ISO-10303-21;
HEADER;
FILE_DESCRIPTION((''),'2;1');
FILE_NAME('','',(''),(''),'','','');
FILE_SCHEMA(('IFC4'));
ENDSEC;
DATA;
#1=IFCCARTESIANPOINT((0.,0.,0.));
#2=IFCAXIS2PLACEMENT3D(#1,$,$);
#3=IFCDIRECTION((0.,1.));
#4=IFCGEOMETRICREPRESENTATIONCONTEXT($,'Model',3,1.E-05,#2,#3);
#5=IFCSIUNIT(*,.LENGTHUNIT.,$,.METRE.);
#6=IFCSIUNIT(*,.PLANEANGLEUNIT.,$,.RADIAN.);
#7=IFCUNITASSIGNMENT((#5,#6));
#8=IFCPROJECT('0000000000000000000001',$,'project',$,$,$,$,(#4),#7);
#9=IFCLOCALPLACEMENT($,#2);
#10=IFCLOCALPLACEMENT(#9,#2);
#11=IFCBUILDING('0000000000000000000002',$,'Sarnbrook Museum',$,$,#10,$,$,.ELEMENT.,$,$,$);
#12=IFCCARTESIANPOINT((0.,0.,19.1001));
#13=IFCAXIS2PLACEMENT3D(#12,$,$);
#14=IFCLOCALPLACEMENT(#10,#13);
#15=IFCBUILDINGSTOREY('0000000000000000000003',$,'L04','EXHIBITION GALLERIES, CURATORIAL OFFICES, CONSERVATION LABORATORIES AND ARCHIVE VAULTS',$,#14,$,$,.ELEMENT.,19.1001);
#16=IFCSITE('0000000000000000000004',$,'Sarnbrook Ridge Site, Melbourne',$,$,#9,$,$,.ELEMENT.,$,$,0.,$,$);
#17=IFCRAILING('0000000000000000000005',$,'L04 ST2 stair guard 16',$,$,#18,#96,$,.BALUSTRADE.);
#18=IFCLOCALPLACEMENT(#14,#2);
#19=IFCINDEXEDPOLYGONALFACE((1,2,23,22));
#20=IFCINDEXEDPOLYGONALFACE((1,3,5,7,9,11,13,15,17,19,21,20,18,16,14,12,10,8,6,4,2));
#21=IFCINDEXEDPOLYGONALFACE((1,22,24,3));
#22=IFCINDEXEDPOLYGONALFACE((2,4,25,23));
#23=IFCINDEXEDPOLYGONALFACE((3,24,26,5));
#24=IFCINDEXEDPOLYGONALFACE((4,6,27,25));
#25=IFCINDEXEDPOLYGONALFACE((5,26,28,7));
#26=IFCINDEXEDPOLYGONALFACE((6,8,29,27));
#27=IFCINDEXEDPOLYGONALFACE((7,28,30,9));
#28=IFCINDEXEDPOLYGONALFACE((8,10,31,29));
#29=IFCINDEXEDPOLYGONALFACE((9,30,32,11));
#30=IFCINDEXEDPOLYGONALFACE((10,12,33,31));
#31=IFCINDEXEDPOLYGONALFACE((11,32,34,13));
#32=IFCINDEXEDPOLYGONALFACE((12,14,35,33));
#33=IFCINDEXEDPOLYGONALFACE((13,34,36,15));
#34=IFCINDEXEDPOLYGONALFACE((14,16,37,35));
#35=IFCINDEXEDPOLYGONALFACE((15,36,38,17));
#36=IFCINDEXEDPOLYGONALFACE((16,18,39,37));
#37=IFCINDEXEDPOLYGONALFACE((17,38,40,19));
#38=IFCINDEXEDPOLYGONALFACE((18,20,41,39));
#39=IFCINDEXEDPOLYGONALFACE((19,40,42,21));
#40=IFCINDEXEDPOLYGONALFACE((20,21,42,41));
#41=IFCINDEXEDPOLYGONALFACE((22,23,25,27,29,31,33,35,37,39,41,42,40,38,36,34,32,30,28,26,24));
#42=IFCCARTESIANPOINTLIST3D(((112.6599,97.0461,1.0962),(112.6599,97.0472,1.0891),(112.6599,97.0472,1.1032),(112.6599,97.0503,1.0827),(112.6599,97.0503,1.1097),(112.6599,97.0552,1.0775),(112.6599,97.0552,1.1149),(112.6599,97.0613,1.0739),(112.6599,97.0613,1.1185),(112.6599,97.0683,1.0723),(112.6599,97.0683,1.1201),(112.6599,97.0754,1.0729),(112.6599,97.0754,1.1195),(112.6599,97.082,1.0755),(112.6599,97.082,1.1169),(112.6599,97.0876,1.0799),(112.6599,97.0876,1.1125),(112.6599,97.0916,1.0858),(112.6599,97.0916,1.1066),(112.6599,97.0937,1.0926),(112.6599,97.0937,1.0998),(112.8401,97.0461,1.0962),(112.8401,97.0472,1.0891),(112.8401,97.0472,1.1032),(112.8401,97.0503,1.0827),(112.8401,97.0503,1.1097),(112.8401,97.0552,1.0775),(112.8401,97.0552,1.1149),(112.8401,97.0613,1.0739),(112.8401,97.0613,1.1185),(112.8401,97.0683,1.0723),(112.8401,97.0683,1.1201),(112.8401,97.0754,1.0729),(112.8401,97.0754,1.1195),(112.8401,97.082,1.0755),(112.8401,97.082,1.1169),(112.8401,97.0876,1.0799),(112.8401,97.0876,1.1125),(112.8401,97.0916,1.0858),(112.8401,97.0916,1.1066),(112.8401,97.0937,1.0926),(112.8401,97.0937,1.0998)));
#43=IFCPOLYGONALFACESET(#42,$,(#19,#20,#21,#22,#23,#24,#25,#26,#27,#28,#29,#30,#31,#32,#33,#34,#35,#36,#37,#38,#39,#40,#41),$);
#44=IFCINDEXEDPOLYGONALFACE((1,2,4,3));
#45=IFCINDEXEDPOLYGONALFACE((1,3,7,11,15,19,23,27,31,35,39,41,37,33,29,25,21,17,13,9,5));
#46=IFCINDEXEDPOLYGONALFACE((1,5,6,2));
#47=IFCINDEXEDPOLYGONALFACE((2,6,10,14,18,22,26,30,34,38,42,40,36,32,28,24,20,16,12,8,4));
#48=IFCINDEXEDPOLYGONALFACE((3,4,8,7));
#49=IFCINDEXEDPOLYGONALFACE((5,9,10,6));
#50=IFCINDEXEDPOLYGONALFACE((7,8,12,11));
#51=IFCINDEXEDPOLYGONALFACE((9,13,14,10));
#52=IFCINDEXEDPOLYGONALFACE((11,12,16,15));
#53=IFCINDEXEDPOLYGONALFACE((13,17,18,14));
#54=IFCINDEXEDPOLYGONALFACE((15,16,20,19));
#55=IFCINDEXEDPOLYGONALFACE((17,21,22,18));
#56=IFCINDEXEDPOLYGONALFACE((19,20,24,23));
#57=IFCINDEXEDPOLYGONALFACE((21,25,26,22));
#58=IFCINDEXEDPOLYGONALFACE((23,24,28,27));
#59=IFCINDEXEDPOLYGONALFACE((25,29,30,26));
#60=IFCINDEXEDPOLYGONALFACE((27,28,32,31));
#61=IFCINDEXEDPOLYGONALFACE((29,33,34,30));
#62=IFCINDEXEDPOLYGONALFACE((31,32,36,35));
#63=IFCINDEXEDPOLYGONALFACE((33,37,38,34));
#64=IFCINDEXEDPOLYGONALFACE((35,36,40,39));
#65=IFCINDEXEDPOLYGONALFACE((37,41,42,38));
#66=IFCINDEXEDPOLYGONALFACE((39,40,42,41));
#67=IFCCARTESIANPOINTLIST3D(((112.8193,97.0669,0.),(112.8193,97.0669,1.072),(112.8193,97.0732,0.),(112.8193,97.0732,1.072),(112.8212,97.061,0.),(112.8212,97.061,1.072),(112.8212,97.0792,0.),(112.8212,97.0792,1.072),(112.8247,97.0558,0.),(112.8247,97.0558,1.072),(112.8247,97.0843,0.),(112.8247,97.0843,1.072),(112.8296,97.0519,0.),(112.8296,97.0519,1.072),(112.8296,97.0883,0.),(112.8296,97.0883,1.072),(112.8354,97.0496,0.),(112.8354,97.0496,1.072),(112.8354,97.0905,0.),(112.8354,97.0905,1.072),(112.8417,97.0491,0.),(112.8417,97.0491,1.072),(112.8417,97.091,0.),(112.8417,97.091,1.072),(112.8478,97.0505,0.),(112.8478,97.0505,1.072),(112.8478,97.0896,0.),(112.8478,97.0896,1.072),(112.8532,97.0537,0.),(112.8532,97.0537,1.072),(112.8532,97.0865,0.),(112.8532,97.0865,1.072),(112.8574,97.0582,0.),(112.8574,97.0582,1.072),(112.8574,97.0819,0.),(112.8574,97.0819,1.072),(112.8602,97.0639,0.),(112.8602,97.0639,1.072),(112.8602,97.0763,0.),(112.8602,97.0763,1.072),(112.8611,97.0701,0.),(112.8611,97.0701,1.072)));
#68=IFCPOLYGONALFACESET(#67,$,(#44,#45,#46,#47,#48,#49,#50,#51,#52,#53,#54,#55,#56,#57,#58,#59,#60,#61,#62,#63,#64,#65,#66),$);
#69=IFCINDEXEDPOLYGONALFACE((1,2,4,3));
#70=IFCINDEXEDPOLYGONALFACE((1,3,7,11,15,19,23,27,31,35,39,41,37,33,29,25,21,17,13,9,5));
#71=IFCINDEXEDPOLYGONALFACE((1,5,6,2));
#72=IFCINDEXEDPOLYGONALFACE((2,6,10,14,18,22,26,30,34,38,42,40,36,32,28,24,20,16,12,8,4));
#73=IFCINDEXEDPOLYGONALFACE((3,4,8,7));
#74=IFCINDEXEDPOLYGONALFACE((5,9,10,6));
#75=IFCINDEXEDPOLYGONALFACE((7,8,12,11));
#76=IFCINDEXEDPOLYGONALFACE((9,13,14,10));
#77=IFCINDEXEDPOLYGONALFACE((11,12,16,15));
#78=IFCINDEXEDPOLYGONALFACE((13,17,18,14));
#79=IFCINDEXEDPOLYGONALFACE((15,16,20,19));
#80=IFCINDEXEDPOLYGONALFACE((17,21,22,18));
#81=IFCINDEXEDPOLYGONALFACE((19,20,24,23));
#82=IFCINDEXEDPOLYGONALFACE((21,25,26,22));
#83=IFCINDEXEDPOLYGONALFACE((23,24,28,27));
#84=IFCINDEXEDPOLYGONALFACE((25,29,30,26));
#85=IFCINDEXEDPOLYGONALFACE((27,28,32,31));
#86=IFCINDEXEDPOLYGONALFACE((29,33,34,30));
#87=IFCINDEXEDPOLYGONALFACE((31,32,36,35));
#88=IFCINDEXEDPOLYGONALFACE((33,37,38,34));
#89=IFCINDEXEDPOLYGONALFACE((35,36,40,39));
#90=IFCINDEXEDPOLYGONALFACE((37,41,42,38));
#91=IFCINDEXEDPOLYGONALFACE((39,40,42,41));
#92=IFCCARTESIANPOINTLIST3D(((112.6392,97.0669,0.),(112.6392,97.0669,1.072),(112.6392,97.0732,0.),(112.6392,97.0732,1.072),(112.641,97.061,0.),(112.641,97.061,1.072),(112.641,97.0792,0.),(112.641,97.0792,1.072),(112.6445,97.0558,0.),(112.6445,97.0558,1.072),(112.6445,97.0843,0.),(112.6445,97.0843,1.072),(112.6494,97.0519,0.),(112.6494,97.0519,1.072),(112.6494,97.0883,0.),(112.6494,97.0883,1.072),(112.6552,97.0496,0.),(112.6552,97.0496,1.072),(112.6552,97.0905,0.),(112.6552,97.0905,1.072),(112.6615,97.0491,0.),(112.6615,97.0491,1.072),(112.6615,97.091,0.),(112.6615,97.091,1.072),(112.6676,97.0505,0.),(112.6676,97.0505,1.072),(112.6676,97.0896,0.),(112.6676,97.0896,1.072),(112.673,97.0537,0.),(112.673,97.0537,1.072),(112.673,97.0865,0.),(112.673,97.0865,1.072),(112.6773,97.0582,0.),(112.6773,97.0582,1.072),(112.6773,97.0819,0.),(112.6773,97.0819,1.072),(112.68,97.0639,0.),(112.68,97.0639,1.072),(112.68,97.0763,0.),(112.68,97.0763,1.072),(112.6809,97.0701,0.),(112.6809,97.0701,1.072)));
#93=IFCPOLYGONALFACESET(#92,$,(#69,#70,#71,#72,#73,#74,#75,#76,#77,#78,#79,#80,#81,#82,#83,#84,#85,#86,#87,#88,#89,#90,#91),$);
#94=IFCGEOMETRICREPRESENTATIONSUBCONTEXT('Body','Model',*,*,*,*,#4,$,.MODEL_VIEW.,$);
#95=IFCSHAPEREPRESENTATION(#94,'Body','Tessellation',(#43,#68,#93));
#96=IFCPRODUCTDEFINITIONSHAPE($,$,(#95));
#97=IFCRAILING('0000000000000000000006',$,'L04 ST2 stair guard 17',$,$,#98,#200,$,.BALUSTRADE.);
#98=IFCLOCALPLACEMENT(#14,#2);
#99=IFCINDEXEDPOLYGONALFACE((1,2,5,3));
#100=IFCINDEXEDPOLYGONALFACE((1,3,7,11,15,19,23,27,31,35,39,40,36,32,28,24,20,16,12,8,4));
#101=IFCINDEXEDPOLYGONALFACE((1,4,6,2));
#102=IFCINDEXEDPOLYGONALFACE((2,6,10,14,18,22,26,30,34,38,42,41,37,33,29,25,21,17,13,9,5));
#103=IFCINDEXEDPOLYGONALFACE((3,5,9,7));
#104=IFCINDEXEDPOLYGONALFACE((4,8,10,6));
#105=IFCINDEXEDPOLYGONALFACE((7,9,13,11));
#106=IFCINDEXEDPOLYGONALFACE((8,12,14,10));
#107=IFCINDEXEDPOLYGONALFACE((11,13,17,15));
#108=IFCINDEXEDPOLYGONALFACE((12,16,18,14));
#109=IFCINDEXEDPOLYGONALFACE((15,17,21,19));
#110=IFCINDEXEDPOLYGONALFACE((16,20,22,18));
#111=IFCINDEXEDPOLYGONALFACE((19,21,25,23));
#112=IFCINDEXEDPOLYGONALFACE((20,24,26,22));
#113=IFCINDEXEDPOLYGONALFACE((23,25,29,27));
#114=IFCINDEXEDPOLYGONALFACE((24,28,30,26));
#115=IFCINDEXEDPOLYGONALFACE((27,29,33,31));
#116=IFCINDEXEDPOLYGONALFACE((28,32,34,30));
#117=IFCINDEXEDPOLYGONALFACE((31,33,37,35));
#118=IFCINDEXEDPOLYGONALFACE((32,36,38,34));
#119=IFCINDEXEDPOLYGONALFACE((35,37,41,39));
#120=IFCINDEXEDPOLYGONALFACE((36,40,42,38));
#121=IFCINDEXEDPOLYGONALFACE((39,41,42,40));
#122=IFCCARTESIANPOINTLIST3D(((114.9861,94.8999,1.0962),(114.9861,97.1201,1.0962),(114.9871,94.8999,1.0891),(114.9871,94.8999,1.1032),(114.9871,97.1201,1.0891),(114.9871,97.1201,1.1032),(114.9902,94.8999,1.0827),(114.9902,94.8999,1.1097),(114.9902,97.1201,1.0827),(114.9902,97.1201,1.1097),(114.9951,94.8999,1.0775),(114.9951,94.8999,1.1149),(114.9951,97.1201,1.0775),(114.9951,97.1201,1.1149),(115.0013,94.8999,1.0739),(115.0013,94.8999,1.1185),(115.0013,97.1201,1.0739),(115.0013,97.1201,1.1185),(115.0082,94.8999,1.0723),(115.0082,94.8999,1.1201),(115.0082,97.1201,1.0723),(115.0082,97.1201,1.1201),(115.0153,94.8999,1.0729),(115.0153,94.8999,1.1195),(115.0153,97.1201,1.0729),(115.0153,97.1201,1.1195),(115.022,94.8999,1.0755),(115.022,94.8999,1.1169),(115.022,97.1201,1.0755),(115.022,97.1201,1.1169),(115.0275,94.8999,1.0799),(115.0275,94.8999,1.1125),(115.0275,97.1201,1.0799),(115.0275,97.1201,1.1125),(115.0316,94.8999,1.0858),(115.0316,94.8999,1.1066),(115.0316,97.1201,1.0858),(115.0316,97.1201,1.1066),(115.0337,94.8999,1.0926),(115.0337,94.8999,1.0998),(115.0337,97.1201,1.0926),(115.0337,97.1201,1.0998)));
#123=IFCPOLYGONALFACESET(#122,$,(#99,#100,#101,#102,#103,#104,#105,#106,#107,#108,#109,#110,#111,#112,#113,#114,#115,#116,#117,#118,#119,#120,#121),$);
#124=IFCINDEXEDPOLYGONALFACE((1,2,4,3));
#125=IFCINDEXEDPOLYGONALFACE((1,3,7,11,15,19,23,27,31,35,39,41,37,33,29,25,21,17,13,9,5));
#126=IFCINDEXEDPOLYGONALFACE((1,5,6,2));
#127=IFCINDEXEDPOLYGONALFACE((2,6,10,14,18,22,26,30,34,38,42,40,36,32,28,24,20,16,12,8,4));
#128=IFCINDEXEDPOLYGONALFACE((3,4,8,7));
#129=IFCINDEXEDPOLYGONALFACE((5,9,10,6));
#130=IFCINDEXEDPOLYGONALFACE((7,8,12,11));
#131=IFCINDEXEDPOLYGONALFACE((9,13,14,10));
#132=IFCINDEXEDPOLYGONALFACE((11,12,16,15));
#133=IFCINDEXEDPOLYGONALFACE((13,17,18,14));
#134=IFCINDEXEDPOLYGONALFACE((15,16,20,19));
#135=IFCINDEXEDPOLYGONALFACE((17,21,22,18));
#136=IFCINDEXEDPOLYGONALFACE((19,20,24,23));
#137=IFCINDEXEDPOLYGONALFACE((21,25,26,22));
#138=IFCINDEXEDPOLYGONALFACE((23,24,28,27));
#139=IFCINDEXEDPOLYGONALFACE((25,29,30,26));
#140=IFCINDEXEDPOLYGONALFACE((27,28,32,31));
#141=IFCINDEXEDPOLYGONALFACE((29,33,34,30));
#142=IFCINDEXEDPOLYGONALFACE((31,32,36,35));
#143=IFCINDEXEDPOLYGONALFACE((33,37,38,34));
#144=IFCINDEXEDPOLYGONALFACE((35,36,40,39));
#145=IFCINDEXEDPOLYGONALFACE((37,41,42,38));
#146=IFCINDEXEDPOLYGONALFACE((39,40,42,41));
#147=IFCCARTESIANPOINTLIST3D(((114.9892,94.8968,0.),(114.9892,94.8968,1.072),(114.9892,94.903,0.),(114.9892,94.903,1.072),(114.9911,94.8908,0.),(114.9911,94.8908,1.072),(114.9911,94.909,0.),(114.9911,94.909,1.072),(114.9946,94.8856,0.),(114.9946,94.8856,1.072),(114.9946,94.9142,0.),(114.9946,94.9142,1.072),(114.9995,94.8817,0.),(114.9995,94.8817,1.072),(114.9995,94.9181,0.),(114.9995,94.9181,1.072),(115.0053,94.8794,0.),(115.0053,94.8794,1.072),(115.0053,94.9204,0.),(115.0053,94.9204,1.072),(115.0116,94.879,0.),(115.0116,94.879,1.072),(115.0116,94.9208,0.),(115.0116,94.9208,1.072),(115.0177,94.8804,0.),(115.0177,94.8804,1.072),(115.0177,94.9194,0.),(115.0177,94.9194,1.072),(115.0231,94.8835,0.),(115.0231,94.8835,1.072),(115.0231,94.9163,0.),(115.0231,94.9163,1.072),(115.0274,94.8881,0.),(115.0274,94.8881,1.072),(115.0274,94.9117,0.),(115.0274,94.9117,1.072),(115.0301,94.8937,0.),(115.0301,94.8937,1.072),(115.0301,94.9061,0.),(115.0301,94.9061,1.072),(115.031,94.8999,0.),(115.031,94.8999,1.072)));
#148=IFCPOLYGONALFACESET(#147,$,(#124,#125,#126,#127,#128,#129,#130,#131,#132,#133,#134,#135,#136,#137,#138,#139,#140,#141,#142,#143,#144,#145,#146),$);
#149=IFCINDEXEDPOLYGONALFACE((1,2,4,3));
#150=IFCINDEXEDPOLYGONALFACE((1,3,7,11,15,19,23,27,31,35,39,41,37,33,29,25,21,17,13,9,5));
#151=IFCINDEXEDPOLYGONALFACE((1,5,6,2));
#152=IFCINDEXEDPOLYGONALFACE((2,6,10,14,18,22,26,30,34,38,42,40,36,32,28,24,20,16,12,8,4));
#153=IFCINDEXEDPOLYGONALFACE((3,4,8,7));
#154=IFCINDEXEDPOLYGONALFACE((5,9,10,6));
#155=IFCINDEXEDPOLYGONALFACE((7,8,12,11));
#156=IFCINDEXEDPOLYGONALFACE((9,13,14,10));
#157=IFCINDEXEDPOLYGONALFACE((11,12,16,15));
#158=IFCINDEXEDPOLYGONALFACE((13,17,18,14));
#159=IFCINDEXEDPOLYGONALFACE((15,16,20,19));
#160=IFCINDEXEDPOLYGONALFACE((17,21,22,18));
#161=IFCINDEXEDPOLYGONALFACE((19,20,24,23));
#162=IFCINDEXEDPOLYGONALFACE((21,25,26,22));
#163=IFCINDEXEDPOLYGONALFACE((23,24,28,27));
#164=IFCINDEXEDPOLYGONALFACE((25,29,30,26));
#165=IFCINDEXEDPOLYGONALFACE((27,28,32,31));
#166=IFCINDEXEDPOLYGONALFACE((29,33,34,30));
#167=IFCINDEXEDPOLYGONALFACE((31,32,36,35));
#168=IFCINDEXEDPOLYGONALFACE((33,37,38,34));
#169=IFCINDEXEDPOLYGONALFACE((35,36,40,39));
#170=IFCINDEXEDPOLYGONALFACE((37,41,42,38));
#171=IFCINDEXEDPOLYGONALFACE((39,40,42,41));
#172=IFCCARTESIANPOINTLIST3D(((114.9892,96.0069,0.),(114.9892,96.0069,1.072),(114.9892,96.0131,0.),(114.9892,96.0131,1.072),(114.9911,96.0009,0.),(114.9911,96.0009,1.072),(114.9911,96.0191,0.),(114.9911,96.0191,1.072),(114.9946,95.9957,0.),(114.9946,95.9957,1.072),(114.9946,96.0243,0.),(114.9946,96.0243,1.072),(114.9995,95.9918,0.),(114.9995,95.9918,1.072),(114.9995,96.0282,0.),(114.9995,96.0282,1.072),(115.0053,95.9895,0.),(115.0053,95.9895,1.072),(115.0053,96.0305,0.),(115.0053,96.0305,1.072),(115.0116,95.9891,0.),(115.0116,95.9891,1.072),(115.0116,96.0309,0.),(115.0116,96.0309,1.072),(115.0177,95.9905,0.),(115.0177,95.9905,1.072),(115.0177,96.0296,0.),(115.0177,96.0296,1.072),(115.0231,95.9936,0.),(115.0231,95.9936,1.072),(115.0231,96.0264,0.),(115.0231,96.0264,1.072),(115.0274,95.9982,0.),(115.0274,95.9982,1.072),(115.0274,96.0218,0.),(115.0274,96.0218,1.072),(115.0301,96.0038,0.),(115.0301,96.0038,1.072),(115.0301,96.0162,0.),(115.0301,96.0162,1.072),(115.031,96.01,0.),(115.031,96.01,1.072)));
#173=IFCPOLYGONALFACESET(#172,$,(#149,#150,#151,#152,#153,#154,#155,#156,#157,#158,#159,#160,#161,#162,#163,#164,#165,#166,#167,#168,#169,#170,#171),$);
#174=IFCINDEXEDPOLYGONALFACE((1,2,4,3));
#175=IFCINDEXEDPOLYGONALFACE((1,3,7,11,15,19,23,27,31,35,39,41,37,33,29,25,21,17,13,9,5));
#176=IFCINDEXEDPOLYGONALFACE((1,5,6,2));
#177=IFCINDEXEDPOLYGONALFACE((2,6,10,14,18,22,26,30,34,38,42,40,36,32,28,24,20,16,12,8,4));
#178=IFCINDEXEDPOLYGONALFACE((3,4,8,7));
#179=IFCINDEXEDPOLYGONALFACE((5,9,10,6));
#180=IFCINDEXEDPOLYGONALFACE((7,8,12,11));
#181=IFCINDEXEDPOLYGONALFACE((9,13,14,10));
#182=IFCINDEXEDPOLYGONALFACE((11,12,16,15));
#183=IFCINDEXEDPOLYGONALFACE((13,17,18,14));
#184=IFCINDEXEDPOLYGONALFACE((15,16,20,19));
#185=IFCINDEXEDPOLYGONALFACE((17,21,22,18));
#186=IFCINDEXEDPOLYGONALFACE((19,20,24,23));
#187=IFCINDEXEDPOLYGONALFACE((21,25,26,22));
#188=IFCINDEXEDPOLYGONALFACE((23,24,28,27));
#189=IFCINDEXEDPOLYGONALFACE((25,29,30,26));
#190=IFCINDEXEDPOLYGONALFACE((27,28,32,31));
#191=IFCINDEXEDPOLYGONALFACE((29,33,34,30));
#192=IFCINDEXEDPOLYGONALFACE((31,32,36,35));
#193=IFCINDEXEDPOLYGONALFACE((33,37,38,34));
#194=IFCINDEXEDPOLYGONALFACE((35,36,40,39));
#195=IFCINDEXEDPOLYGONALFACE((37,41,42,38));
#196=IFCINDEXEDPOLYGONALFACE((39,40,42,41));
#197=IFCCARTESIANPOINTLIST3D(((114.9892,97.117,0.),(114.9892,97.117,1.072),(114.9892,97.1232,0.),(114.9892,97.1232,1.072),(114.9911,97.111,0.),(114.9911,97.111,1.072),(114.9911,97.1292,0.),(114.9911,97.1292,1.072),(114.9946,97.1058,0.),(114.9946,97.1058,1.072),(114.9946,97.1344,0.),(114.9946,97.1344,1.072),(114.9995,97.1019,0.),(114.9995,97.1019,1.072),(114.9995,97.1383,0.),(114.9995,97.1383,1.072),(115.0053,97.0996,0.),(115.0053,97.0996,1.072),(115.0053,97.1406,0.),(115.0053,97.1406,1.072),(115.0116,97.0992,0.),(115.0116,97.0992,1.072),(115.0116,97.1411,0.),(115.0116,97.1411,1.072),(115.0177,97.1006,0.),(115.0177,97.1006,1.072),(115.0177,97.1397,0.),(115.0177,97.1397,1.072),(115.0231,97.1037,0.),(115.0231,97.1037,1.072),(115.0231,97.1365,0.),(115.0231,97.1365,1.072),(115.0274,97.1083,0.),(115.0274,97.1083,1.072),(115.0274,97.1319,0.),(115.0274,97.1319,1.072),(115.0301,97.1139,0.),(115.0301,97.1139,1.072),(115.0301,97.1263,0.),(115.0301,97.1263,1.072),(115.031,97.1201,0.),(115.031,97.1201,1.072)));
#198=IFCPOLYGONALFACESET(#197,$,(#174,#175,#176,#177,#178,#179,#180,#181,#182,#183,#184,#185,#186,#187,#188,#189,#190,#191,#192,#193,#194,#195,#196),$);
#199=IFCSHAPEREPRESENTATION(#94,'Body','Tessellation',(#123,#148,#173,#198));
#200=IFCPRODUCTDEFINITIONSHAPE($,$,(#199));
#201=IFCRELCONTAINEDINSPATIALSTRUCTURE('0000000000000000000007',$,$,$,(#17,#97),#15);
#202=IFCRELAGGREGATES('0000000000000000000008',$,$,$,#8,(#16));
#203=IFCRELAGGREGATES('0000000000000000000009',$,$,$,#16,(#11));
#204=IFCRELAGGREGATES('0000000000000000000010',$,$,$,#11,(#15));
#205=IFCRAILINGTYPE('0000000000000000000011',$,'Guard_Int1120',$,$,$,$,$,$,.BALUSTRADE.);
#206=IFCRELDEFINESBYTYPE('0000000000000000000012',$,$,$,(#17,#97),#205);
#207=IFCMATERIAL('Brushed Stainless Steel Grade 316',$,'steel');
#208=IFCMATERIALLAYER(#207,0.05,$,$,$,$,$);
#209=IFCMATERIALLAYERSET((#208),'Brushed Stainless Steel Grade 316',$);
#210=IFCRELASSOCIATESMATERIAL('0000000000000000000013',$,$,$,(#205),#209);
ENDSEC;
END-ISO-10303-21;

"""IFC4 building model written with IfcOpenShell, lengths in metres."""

from ifc_helpers import new_model, si_unit, direction, frame, origin, origin_2d, place, context, subcontext, project, spatial, circle, extrude, material, layer, layer_set, type_object, element, save


model = new_model("IFC4")

# Units and contexts
model_context = context("Model", 3, precision=1e-05, world=origin(), true_north=direction((0.0, 1.0)))
body_context = subcontext(model_context, "Body", "Model", "MODEL_VIEW")
ifc_project = project(units=[si_unit("LENGTHUNIT", "METRE"), si_unit("PLANEANGLEUNIT", "RADIAN")], contexts=[model_context])

# Site, building, storey
site_placement = place(None, origin())
site = spatial("IfcSite", under=ifc_project, at=site_placement, Name="Sarnbrook Ridge Site, Melbourne", CompositionType="ELEMENT", RefElevation=0.0)
building_placement = place(site_placement, origin())
building = spatial("IfcBuilding", under=site, at=building_placement, Name="Sarnbrook Museum", CompositionType="ELEMENT")
storey_placement = place(building_placement, frame((0.0, 0.0, 19.1001)))
storey = spatial("IfcBuildingStorey", under=building, at=storey_placement, Name="L04", Description="EXHIBITION GALLERIES, CURATORIAL OFFICES, CONSERVATION LABORATORIES AND ARCHIVE VAULTS", CompositionType="ELEMENT", Elevation=19.1001)

# Railings
ifc_material_1 = material(Name="Brushed Stainless Steel Grade 316", Category="steel")
ifc_layer_1 = layer(ifc_material_1, 0.05)
ifc_layer_set_1 = layer_set([ifc_layer_1], Name="Brushed Stainless Steel Grade 316")
railing_type_1 = type_object("IfcRailingType", Name="Guard_Int1120", PredefinedType="BALUSTRADE", material=ifc_layer_set_1)
railing_1_placement = place(storey_placement, frame((112.8401, 97.0701, 0.0)))
element("IfcRailing", 1, at=railing_1_placement, inside=storey, type_object=railing_type_1, Name="L04 ST2 stair guard 16", PredefinedType="BALUSTRADE", context=body_context, shape_type="SweptSolid", body=[
    extrude(circle(Radius=0.0239, at=origin_2d()), frame((0.0, 0.0, 1.0962), z_axis=(-1.0, 0.0, 0.0), x_axis=(0.0, -1.0, 0.0)), (0.0, 0.0, 1.0), 0.1802),
    extrude(circle(Radius=0.021, at=origin_2d()), origin(), (0.0, 0.0, 1.0), 1.072),
    extrude(circle(Radius=0.021, at=origin_2d()), frame((-0.1802, 0.0, 0.0)), (0.0, 0.0, 1.0), 1.072),
])
railing_2_placement = place(storey_placement, frame((115.01, 94.8999, 0.0)))
element("IfcRailing", 2, at=railing_2_placement, inside=storey, type_object=railing_type_1, Name="L04 ST2 stair guard 17", PredefinedType="BALUSTRADE", context=body_context, shape_type="SweptSolid", body=[
    extrude(circle(Radius=0.0239, at=origin_2d()), frame((0.0, 0.0, 1.0962), z_axis=(0.0, 1.0, 0.0), x_axis=(-1.0, 0.0, 0.0)), (0.0, 0.0, 1.0), 2.2202),
    extrude(circle(Radius=0.021, at=origin_2d()), origin(), (0.0, 0.0, 1.0), 1.072),
    extrude(circle(Radius=0.021, at=origin_2d()), frame((0.0, 1.1101, 0.0)), (0.0, 0.0, 1.0), 1.072),
    extrude(circle(Radius=0.021, at=origin_2d()), frame((0.0, 2.2202, 0.0)), (0.0, 0.0, 1.0), 1.072),
])

save(model, "model.ifc")
